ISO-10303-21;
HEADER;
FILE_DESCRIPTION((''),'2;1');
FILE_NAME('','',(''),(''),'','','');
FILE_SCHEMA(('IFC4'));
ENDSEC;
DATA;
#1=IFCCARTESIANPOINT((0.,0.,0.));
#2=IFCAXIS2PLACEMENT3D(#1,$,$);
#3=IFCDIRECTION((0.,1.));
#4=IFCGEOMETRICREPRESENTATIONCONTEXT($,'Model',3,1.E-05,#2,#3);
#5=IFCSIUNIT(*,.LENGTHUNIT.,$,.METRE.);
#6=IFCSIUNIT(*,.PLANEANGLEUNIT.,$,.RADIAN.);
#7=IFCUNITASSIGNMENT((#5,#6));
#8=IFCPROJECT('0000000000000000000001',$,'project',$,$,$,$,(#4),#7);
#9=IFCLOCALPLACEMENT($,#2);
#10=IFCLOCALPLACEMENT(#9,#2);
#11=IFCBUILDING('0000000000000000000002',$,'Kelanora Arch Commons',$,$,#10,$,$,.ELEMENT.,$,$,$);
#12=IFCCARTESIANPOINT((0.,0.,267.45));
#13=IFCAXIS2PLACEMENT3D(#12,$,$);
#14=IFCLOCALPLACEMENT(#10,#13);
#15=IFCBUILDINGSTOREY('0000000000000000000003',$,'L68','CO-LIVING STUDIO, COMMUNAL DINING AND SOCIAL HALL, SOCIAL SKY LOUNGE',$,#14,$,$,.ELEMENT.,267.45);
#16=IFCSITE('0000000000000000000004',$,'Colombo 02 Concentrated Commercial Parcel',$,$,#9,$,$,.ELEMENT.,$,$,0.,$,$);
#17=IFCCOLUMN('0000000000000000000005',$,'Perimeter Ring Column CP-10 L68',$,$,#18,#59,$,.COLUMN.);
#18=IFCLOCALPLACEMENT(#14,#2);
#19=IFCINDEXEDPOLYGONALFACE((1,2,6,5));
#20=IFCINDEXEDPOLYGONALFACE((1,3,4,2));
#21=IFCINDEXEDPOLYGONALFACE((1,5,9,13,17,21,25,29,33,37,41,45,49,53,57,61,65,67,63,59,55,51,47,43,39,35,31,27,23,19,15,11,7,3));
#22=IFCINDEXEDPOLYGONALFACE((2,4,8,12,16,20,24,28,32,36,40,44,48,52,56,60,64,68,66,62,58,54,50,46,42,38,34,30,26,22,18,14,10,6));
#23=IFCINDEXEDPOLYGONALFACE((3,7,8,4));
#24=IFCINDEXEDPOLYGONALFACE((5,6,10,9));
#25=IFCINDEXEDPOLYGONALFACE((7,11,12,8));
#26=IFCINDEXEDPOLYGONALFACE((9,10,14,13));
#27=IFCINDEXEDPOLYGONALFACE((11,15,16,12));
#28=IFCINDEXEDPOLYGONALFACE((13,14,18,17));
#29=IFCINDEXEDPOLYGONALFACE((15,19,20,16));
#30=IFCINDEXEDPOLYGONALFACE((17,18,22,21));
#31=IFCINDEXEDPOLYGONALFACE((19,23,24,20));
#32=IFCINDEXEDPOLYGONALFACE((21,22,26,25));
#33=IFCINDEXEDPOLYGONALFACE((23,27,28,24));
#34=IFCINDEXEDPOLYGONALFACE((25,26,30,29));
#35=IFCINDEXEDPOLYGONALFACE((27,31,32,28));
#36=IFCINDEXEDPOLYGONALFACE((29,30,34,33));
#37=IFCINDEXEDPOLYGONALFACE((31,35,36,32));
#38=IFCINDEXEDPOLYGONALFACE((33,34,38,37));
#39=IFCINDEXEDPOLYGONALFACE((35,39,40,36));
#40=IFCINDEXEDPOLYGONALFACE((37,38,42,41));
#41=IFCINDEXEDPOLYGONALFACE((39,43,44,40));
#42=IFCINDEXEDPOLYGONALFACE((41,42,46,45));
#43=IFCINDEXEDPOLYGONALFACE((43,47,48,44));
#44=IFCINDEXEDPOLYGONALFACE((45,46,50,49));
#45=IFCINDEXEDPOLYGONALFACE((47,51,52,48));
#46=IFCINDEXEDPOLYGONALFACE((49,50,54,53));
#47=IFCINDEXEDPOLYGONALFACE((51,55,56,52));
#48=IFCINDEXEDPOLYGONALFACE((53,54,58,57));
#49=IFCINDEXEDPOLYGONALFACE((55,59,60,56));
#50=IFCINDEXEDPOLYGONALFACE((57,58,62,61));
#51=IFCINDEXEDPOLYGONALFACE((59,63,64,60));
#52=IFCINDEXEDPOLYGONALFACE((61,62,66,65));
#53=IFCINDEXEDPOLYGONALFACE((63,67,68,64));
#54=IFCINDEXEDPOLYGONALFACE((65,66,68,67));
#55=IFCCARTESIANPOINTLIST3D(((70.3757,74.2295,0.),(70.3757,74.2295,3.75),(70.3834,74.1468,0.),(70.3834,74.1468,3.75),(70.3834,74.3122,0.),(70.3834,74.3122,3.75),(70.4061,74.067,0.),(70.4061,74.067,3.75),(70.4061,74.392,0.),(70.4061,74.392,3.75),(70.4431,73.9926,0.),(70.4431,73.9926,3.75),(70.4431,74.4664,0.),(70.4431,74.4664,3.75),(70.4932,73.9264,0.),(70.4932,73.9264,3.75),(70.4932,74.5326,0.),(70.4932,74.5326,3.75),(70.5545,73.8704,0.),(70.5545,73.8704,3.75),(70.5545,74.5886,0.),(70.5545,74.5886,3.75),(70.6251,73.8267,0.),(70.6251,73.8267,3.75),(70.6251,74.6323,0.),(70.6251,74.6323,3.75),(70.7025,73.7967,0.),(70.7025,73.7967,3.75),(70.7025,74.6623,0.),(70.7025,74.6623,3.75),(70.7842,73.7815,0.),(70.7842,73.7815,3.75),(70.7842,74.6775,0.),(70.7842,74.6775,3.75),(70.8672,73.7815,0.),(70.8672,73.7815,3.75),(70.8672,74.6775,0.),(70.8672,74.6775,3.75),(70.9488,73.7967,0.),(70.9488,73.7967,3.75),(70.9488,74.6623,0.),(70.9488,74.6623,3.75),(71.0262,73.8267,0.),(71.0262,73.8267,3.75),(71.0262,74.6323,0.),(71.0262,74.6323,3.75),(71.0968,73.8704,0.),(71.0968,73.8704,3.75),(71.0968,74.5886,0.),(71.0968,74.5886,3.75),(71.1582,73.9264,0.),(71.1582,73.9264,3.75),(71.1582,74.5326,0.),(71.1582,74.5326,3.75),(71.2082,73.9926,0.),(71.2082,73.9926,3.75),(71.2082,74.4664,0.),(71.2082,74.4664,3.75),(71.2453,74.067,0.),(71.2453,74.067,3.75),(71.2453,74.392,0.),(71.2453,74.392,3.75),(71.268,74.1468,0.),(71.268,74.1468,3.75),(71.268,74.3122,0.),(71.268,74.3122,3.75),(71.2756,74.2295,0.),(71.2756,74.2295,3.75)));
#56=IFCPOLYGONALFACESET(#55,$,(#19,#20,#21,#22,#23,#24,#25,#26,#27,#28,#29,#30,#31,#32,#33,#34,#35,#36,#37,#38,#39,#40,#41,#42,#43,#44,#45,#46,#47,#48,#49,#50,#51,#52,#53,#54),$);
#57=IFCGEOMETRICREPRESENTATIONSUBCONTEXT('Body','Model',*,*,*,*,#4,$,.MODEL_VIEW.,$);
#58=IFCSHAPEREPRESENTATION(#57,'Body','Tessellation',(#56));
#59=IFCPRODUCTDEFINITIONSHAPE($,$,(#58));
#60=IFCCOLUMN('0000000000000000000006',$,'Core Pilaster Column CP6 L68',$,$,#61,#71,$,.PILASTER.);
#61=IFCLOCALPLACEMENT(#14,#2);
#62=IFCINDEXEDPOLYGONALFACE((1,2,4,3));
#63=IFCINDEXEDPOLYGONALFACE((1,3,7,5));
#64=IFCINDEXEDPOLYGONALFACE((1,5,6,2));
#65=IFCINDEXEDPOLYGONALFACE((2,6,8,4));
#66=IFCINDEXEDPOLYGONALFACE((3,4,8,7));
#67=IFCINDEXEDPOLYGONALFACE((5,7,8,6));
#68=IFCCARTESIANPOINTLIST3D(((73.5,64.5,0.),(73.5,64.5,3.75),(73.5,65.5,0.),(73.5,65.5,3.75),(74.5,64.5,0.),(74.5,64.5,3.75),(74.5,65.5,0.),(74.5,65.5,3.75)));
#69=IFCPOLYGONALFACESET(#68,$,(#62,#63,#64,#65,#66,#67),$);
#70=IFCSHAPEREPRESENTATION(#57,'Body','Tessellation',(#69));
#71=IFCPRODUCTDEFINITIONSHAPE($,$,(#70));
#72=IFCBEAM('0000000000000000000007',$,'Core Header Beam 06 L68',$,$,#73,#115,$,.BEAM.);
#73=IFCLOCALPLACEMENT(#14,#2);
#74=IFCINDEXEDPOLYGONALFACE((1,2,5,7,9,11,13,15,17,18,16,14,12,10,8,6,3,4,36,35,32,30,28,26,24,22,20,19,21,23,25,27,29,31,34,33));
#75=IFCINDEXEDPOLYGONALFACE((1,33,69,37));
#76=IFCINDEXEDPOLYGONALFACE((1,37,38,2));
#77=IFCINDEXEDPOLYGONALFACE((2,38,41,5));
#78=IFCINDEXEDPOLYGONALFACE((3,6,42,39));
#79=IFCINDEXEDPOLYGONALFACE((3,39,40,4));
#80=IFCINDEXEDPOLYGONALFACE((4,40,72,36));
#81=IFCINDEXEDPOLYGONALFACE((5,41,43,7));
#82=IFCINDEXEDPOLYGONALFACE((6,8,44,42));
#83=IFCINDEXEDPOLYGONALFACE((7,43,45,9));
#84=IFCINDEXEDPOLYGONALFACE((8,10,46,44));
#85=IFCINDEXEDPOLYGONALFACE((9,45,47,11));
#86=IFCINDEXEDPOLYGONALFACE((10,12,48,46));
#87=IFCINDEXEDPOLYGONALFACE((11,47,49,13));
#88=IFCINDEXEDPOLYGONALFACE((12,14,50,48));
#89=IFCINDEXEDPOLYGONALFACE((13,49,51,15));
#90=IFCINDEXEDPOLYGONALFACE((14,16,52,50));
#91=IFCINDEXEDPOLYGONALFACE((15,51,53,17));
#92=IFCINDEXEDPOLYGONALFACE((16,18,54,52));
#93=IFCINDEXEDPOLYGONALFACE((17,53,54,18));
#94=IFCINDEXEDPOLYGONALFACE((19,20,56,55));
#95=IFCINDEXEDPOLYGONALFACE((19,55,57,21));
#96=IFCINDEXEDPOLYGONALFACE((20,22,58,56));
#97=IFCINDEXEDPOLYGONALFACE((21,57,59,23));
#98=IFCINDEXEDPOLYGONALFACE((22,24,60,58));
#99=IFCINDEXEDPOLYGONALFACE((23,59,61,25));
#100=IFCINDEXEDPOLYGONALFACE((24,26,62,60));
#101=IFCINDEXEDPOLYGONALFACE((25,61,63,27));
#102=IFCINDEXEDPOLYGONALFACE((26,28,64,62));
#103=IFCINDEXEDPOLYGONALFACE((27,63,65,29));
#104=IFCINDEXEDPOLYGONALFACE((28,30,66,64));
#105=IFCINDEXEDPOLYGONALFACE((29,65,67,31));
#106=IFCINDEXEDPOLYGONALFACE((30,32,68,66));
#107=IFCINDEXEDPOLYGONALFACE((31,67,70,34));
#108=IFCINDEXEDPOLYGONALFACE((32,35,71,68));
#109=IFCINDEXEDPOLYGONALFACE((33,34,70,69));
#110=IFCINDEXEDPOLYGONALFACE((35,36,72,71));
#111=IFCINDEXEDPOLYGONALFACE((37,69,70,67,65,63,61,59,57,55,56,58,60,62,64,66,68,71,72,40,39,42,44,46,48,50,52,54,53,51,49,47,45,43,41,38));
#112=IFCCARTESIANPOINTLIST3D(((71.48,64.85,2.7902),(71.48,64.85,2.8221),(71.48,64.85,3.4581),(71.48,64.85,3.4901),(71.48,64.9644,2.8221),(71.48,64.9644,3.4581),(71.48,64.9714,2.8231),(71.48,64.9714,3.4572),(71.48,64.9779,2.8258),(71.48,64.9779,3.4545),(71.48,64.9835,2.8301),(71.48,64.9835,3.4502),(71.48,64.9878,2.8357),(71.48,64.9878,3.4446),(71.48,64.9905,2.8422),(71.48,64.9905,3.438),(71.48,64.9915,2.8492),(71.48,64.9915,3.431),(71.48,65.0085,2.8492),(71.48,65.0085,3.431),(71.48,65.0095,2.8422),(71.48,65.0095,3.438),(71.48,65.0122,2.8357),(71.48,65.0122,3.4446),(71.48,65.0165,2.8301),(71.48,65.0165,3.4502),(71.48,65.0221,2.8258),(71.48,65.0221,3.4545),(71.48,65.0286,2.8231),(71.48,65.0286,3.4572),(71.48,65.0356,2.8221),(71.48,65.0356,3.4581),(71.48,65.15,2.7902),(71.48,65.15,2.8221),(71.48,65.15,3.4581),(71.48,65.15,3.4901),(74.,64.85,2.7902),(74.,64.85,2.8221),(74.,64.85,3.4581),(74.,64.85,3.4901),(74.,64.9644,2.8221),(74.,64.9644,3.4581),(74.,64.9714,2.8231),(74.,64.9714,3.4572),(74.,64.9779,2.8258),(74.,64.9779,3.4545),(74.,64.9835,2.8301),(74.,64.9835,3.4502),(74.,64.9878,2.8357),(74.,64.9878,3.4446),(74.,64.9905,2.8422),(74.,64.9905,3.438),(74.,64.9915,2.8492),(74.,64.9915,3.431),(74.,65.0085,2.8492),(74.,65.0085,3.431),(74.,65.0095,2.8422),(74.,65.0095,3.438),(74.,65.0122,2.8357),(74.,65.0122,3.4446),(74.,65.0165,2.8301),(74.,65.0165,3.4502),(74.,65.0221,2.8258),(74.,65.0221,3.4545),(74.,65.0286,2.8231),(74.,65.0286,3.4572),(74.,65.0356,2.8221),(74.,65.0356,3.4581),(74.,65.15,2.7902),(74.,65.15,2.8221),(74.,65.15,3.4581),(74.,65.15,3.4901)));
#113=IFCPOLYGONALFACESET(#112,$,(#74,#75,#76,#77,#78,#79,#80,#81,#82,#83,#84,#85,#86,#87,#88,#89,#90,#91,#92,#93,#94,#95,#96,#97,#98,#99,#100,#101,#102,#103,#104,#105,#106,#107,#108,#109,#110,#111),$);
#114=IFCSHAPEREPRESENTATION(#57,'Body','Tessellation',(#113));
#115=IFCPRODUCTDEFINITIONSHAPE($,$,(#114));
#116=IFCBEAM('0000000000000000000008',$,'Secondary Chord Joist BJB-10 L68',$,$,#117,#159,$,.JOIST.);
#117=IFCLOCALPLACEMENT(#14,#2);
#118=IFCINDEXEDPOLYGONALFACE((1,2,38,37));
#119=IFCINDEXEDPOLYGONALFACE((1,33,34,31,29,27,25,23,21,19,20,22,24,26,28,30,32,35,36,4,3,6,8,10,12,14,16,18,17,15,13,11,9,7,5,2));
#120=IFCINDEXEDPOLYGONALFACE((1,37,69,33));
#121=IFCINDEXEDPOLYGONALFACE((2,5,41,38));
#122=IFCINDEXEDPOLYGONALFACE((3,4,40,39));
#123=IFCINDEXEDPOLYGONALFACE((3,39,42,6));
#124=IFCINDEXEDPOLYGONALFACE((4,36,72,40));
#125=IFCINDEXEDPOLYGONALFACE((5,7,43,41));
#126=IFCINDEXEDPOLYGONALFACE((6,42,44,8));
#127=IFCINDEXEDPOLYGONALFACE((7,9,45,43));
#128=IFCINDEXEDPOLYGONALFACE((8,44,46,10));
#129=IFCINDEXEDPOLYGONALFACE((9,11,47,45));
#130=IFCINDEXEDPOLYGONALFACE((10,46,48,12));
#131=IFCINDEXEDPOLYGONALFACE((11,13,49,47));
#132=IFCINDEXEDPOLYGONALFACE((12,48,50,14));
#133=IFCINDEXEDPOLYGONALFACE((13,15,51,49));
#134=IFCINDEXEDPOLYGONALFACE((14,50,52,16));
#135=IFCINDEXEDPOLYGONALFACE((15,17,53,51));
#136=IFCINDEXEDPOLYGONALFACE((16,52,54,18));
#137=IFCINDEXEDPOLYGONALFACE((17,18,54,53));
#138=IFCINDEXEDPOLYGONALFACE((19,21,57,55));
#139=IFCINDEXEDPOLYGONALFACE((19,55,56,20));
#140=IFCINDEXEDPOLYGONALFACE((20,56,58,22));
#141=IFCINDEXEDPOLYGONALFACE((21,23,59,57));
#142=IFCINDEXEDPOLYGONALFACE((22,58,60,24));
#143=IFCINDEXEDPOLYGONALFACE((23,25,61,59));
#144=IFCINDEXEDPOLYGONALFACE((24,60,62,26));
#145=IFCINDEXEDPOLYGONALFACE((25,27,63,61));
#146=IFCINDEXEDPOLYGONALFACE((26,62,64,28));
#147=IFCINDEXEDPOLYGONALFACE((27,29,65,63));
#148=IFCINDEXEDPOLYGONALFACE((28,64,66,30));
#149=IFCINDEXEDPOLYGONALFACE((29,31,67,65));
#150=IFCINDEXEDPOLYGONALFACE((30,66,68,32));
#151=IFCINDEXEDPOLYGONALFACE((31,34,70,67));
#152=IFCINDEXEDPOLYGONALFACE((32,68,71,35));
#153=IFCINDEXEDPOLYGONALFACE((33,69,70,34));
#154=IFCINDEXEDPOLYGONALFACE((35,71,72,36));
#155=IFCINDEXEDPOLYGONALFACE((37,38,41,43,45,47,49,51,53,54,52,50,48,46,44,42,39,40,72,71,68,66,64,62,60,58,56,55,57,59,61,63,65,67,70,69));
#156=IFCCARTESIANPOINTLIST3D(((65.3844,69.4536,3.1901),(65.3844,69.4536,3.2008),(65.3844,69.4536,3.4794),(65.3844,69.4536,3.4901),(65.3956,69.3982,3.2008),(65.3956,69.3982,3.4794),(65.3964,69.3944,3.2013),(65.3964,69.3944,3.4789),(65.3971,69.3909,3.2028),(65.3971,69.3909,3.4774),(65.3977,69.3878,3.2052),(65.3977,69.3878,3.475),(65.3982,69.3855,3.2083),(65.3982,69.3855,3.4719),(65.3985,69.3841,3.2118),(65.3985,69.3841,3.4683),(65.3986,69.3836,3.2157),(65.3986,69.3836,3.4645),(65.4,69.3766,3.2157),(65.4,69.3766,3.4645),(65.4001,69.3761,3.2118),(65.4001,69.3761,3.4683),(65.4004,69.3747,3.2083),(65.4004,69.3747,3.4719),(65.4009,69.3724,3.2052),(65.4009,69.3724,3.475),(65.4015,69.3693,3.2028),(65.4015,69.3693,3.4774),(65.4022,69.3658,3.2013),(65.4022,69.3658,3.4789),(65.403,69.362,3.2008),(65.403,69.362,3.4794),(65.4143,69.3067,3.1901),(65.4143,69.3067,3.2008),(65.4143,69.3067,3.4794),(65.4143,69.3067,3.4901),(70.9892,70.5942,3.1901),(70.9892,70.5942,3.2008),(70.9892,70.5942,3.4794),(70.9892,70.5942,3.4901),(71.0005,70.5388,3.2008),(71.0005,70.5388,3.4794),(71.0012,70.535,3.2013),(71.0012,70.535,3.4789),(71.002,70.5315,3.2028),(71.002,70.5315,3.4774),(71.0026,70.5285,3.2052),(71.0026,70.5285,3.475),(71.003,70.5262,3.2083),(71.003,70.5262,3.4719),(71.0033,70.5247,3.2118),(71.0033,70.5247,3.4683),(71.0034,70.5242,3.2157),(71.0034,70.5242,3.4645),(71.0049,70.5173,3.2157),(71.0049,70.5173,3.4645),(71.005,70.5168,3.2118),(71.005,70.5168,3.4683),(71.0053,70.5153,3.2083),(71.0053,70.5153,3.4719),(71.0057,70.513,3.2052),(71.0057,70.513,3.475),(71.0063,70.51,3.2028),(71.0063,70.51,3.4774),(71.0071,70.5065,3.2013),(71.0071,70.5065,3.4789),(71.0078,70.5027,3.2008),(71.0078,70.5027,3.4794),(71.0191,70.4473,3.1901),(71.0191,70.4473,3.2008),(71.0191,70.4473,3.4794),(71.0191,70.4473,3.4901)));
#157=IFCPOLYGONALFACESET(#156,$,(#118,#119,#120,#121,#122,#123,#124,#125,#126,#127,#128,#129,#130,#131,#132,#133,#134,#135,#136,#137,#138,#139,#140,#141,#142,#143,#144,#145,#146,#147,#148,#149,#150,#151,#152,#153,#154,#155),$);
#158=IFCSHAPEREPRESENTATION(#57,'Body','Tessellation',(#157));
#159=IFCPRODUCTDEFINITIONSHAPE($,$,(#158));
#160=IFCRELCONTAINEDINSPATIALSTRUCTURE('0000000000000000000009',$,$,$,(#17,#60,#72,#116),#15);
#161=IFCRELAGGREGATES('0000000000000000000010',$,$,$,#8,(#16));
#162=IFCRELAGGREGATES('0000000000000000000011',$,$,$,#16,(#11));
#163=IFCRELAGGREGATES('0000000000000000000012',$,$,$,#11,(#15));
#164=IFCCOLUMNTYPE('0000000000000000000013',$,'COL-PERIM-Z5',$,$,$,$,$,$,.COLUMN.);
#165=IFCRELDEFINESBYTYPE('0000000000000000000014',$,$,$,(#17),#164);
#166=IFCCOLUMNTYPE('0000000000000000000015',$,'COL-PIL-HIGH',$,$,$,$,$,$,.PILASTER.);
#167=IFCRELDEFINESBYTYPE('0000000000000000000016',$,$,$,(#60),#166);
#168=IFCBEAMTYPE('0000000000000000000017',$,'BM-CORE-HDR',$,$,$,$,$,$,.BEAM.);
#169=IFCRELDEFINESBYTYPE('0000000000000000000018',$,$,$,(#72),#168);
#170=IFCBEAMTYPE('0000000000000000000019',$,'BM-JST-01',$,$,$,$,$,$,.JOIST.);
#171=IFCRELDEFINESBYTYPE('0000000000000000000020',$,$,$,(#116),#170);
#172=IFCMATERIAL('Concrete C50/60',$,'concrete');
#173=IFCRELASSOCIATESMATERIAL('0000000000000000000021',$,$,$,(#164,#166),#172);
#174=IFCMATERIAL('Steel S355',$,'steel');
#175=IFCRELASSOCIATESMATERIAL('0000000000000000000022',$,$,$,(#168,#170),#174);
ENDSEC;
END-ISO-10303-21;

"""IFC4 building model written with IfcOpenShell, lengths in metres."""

from ifc_helpers import new_model, si_unit, direction, frame, origin, origin_2d, place, context, subcontext, project, spatial, rectangle, circle, i_section, extrude, material, material_profile, profile_set, type_object, element, save


model = new_model("IFC4")

# Units and contexts
model_context = context("Model", 3, precision=1e-05, world=origin(), true_north=direction((0.0, 1.0)))
body_context = subcontext(model_context, "Body", "Model", "MODEL_VIEW")
ifc_project = project(units=[si_unit("LENGTHUNIT", "METRE"), si_unit("PLANEANGLEUNIT", "RADIAN")], contexts=[model_context])

# Site, building, storey
site_placement = place(None, origin())
site = spatial("IfcSite", under=ifc_project, at=site_placement, Name="Colombo 02 Concentrated Commercial Parcel", CompositionType="ELEMENT", RefElevation=0.0)
building_placement = place(site_placement, origin())
building = spatial("IfcBuilding", under=site, at=building_placement, Name="Kelanora Arch Commons", CompositionType="ELEMENT")
storey_placement = place(building_placement, frame((0.0, 0.0, 267.45)))
storey = spatial("IfcBuildingStorey", under=building, at=storey_placement, Name="L68", Description="CO-LIVING STUDIO, COMMUNAL DINING AND SOCIAL HALL, SOCIAL SKY LOUNGE", CompositionType="ELEMENT", Elevation=267.45)

# Columns
ifc_material_1 = material(Name="Concrete C50/60", Category="concrete")
ifc_material_profile_1 = material_profile(ifc_material_1, circle(Radius=0.45, at=origin_2d()), Name="RCC900")
ifc_profile_set_1 = profile_set([ifc_material_profile_1], Name="Concrete C50/60")
column_type_1 = type_object("IfcColumnType", Name="COL-PERIM-Z5", PredefinedType="COLUMN", material=ifc_profile_set_1)
column_1_placement = place(storey_placement, frame((70.8257, 74.2295, 0.0), z_axis=(0.0, 0.0, 1.0), x_axis=(1.0, 0.0, 0.0)))
element("IfcColumn", 1, at=column_1_placement, inside=storey, type_object=column_type_1, Name="Perimeter Ring Column CP-10 L68", PredefinedType="COLUMN", context=body_context, shape_type="SweptSolid", body=[
    extrude(circle(Radius=0.45, at=origin_2d()), origin(), (0.0, 0.0, 1.0), 3.75),
])
ifc_material_profile_2 = material_profile(ifc_material_1, rectangle(XDim=1.0, YDim=1.0, at=origin_2d()), Name="RC1000x1000")
ifc_profile_set_2 = profile_set([ifc_material_profile_2], Name="Concrete C50/60")
column_type_2 = type_object("IfcColumnType", Name="COL-PIL-HIGH", PredefinedType="PILASTER", material=ifc_profile_set_2)
column_2_placement = place(storey_placement, frame((74.0, 65.0, 0.0), z_axis=(0.0, 0.0, 1.0), x_axis=(1.0, 0.0, 0.0)))
element("IfcColumn", 2, at=column_2_placement, inside=storey, type_object=column_type_2, Name="Core Pilaster Column CP6 L68", PredefinedType="PILASTER", context=body_context, shape_type="SweptSolid", body=[
    extrude(rectangle(XDim=1.0, YDim=1.0, at=origin_2d()), origin(), (0.0, 0.0, 1.0), 3.75),
])

# Beams
ifc_material_2 = material(Name="Steel S355", Category="steel")
ifc_material_profile_3 = material_profile(ifc_material_2, i_section(OverallWidth=0.3, OverallDepth=0.7, WebThickness=0.0171, FlangeThickness=0.032, FilletRadius=0.0271, at=origin_2d()), Name="HEB700")
ifc_profile_set_3 = profile_set([ifc_material_profile_3], Name="Steel S355")
beam_type_1 = type_object("IfcBeamType", Name="BM-CORE-HDR", PredefinedType="BEAM", material=ifc_profile_set_3)
beam_1_placement = place(storey_placement, frame((74.0, 65.0, 3.1401), z_axis=(-1.0, 0.0, 0.0), x_axis=(0.0, -1.0, 0.0)))
element("IfcBeam", 3, at=beam_1_placement, inside=storey, type_object=beam_type_1, Name="Core Header Beam 06 L68", PredefinedType="BEAM", context=body_context, shape_type="SweptSolid", body=[
    extrude(i_section(OverallWidth=0.3, OverallDepth=0.7, WebThickness=0.0171, FlangeThickness=0.032, FilletRadius=0.0271, at=origin_2d()), origin(), (0.0, 0.0, 1.0), 2.52),
])
ifc_material_profile_4 = material_profile(ifc_material_2, i_section(OverallWidth=0.1499, OverallDepth=0.3, WebThickness=0.0071, FlangeThickness=0.0107, FilletRadius=0.0149, at=origin_2d()), Name="IPE300")
ifc_profile_set_4 = profile_set([ifc_material_profile_4], Name="Steel S355")
beam_type_2 = type_object("IfcBeamType", Name="BM-JST-01", PredefinedType="JOIST", material=ifc_profile_set_4)
beam_2_placement = place(storey_placement, frame((71.0042, 70.5208, 3.3401), z_axis=(-0.979913, -0.199423, 0.0), x_axis=(0.199423, -0.979913, 0.0)))
element("IfcBeam", 4, at=beam_2_placement, inside=storey, type_object=beam_type_2, Name="Secondary Chord Joist BJB-10 L68", PredefinedType="JOIST", context=body_context, shape_type="SweptSolid", body=[
    extrude(i_section(OverallWidth=0.1499, OverallDepth=0.3, WebThickness=0.0071, FlangeThickness=0.0107, FilletRadius=0.0149, at=origin_2d()), origin(), (0.0, 0.0, 1.0), 5.7197),
])

save(model, "model.ifc")
